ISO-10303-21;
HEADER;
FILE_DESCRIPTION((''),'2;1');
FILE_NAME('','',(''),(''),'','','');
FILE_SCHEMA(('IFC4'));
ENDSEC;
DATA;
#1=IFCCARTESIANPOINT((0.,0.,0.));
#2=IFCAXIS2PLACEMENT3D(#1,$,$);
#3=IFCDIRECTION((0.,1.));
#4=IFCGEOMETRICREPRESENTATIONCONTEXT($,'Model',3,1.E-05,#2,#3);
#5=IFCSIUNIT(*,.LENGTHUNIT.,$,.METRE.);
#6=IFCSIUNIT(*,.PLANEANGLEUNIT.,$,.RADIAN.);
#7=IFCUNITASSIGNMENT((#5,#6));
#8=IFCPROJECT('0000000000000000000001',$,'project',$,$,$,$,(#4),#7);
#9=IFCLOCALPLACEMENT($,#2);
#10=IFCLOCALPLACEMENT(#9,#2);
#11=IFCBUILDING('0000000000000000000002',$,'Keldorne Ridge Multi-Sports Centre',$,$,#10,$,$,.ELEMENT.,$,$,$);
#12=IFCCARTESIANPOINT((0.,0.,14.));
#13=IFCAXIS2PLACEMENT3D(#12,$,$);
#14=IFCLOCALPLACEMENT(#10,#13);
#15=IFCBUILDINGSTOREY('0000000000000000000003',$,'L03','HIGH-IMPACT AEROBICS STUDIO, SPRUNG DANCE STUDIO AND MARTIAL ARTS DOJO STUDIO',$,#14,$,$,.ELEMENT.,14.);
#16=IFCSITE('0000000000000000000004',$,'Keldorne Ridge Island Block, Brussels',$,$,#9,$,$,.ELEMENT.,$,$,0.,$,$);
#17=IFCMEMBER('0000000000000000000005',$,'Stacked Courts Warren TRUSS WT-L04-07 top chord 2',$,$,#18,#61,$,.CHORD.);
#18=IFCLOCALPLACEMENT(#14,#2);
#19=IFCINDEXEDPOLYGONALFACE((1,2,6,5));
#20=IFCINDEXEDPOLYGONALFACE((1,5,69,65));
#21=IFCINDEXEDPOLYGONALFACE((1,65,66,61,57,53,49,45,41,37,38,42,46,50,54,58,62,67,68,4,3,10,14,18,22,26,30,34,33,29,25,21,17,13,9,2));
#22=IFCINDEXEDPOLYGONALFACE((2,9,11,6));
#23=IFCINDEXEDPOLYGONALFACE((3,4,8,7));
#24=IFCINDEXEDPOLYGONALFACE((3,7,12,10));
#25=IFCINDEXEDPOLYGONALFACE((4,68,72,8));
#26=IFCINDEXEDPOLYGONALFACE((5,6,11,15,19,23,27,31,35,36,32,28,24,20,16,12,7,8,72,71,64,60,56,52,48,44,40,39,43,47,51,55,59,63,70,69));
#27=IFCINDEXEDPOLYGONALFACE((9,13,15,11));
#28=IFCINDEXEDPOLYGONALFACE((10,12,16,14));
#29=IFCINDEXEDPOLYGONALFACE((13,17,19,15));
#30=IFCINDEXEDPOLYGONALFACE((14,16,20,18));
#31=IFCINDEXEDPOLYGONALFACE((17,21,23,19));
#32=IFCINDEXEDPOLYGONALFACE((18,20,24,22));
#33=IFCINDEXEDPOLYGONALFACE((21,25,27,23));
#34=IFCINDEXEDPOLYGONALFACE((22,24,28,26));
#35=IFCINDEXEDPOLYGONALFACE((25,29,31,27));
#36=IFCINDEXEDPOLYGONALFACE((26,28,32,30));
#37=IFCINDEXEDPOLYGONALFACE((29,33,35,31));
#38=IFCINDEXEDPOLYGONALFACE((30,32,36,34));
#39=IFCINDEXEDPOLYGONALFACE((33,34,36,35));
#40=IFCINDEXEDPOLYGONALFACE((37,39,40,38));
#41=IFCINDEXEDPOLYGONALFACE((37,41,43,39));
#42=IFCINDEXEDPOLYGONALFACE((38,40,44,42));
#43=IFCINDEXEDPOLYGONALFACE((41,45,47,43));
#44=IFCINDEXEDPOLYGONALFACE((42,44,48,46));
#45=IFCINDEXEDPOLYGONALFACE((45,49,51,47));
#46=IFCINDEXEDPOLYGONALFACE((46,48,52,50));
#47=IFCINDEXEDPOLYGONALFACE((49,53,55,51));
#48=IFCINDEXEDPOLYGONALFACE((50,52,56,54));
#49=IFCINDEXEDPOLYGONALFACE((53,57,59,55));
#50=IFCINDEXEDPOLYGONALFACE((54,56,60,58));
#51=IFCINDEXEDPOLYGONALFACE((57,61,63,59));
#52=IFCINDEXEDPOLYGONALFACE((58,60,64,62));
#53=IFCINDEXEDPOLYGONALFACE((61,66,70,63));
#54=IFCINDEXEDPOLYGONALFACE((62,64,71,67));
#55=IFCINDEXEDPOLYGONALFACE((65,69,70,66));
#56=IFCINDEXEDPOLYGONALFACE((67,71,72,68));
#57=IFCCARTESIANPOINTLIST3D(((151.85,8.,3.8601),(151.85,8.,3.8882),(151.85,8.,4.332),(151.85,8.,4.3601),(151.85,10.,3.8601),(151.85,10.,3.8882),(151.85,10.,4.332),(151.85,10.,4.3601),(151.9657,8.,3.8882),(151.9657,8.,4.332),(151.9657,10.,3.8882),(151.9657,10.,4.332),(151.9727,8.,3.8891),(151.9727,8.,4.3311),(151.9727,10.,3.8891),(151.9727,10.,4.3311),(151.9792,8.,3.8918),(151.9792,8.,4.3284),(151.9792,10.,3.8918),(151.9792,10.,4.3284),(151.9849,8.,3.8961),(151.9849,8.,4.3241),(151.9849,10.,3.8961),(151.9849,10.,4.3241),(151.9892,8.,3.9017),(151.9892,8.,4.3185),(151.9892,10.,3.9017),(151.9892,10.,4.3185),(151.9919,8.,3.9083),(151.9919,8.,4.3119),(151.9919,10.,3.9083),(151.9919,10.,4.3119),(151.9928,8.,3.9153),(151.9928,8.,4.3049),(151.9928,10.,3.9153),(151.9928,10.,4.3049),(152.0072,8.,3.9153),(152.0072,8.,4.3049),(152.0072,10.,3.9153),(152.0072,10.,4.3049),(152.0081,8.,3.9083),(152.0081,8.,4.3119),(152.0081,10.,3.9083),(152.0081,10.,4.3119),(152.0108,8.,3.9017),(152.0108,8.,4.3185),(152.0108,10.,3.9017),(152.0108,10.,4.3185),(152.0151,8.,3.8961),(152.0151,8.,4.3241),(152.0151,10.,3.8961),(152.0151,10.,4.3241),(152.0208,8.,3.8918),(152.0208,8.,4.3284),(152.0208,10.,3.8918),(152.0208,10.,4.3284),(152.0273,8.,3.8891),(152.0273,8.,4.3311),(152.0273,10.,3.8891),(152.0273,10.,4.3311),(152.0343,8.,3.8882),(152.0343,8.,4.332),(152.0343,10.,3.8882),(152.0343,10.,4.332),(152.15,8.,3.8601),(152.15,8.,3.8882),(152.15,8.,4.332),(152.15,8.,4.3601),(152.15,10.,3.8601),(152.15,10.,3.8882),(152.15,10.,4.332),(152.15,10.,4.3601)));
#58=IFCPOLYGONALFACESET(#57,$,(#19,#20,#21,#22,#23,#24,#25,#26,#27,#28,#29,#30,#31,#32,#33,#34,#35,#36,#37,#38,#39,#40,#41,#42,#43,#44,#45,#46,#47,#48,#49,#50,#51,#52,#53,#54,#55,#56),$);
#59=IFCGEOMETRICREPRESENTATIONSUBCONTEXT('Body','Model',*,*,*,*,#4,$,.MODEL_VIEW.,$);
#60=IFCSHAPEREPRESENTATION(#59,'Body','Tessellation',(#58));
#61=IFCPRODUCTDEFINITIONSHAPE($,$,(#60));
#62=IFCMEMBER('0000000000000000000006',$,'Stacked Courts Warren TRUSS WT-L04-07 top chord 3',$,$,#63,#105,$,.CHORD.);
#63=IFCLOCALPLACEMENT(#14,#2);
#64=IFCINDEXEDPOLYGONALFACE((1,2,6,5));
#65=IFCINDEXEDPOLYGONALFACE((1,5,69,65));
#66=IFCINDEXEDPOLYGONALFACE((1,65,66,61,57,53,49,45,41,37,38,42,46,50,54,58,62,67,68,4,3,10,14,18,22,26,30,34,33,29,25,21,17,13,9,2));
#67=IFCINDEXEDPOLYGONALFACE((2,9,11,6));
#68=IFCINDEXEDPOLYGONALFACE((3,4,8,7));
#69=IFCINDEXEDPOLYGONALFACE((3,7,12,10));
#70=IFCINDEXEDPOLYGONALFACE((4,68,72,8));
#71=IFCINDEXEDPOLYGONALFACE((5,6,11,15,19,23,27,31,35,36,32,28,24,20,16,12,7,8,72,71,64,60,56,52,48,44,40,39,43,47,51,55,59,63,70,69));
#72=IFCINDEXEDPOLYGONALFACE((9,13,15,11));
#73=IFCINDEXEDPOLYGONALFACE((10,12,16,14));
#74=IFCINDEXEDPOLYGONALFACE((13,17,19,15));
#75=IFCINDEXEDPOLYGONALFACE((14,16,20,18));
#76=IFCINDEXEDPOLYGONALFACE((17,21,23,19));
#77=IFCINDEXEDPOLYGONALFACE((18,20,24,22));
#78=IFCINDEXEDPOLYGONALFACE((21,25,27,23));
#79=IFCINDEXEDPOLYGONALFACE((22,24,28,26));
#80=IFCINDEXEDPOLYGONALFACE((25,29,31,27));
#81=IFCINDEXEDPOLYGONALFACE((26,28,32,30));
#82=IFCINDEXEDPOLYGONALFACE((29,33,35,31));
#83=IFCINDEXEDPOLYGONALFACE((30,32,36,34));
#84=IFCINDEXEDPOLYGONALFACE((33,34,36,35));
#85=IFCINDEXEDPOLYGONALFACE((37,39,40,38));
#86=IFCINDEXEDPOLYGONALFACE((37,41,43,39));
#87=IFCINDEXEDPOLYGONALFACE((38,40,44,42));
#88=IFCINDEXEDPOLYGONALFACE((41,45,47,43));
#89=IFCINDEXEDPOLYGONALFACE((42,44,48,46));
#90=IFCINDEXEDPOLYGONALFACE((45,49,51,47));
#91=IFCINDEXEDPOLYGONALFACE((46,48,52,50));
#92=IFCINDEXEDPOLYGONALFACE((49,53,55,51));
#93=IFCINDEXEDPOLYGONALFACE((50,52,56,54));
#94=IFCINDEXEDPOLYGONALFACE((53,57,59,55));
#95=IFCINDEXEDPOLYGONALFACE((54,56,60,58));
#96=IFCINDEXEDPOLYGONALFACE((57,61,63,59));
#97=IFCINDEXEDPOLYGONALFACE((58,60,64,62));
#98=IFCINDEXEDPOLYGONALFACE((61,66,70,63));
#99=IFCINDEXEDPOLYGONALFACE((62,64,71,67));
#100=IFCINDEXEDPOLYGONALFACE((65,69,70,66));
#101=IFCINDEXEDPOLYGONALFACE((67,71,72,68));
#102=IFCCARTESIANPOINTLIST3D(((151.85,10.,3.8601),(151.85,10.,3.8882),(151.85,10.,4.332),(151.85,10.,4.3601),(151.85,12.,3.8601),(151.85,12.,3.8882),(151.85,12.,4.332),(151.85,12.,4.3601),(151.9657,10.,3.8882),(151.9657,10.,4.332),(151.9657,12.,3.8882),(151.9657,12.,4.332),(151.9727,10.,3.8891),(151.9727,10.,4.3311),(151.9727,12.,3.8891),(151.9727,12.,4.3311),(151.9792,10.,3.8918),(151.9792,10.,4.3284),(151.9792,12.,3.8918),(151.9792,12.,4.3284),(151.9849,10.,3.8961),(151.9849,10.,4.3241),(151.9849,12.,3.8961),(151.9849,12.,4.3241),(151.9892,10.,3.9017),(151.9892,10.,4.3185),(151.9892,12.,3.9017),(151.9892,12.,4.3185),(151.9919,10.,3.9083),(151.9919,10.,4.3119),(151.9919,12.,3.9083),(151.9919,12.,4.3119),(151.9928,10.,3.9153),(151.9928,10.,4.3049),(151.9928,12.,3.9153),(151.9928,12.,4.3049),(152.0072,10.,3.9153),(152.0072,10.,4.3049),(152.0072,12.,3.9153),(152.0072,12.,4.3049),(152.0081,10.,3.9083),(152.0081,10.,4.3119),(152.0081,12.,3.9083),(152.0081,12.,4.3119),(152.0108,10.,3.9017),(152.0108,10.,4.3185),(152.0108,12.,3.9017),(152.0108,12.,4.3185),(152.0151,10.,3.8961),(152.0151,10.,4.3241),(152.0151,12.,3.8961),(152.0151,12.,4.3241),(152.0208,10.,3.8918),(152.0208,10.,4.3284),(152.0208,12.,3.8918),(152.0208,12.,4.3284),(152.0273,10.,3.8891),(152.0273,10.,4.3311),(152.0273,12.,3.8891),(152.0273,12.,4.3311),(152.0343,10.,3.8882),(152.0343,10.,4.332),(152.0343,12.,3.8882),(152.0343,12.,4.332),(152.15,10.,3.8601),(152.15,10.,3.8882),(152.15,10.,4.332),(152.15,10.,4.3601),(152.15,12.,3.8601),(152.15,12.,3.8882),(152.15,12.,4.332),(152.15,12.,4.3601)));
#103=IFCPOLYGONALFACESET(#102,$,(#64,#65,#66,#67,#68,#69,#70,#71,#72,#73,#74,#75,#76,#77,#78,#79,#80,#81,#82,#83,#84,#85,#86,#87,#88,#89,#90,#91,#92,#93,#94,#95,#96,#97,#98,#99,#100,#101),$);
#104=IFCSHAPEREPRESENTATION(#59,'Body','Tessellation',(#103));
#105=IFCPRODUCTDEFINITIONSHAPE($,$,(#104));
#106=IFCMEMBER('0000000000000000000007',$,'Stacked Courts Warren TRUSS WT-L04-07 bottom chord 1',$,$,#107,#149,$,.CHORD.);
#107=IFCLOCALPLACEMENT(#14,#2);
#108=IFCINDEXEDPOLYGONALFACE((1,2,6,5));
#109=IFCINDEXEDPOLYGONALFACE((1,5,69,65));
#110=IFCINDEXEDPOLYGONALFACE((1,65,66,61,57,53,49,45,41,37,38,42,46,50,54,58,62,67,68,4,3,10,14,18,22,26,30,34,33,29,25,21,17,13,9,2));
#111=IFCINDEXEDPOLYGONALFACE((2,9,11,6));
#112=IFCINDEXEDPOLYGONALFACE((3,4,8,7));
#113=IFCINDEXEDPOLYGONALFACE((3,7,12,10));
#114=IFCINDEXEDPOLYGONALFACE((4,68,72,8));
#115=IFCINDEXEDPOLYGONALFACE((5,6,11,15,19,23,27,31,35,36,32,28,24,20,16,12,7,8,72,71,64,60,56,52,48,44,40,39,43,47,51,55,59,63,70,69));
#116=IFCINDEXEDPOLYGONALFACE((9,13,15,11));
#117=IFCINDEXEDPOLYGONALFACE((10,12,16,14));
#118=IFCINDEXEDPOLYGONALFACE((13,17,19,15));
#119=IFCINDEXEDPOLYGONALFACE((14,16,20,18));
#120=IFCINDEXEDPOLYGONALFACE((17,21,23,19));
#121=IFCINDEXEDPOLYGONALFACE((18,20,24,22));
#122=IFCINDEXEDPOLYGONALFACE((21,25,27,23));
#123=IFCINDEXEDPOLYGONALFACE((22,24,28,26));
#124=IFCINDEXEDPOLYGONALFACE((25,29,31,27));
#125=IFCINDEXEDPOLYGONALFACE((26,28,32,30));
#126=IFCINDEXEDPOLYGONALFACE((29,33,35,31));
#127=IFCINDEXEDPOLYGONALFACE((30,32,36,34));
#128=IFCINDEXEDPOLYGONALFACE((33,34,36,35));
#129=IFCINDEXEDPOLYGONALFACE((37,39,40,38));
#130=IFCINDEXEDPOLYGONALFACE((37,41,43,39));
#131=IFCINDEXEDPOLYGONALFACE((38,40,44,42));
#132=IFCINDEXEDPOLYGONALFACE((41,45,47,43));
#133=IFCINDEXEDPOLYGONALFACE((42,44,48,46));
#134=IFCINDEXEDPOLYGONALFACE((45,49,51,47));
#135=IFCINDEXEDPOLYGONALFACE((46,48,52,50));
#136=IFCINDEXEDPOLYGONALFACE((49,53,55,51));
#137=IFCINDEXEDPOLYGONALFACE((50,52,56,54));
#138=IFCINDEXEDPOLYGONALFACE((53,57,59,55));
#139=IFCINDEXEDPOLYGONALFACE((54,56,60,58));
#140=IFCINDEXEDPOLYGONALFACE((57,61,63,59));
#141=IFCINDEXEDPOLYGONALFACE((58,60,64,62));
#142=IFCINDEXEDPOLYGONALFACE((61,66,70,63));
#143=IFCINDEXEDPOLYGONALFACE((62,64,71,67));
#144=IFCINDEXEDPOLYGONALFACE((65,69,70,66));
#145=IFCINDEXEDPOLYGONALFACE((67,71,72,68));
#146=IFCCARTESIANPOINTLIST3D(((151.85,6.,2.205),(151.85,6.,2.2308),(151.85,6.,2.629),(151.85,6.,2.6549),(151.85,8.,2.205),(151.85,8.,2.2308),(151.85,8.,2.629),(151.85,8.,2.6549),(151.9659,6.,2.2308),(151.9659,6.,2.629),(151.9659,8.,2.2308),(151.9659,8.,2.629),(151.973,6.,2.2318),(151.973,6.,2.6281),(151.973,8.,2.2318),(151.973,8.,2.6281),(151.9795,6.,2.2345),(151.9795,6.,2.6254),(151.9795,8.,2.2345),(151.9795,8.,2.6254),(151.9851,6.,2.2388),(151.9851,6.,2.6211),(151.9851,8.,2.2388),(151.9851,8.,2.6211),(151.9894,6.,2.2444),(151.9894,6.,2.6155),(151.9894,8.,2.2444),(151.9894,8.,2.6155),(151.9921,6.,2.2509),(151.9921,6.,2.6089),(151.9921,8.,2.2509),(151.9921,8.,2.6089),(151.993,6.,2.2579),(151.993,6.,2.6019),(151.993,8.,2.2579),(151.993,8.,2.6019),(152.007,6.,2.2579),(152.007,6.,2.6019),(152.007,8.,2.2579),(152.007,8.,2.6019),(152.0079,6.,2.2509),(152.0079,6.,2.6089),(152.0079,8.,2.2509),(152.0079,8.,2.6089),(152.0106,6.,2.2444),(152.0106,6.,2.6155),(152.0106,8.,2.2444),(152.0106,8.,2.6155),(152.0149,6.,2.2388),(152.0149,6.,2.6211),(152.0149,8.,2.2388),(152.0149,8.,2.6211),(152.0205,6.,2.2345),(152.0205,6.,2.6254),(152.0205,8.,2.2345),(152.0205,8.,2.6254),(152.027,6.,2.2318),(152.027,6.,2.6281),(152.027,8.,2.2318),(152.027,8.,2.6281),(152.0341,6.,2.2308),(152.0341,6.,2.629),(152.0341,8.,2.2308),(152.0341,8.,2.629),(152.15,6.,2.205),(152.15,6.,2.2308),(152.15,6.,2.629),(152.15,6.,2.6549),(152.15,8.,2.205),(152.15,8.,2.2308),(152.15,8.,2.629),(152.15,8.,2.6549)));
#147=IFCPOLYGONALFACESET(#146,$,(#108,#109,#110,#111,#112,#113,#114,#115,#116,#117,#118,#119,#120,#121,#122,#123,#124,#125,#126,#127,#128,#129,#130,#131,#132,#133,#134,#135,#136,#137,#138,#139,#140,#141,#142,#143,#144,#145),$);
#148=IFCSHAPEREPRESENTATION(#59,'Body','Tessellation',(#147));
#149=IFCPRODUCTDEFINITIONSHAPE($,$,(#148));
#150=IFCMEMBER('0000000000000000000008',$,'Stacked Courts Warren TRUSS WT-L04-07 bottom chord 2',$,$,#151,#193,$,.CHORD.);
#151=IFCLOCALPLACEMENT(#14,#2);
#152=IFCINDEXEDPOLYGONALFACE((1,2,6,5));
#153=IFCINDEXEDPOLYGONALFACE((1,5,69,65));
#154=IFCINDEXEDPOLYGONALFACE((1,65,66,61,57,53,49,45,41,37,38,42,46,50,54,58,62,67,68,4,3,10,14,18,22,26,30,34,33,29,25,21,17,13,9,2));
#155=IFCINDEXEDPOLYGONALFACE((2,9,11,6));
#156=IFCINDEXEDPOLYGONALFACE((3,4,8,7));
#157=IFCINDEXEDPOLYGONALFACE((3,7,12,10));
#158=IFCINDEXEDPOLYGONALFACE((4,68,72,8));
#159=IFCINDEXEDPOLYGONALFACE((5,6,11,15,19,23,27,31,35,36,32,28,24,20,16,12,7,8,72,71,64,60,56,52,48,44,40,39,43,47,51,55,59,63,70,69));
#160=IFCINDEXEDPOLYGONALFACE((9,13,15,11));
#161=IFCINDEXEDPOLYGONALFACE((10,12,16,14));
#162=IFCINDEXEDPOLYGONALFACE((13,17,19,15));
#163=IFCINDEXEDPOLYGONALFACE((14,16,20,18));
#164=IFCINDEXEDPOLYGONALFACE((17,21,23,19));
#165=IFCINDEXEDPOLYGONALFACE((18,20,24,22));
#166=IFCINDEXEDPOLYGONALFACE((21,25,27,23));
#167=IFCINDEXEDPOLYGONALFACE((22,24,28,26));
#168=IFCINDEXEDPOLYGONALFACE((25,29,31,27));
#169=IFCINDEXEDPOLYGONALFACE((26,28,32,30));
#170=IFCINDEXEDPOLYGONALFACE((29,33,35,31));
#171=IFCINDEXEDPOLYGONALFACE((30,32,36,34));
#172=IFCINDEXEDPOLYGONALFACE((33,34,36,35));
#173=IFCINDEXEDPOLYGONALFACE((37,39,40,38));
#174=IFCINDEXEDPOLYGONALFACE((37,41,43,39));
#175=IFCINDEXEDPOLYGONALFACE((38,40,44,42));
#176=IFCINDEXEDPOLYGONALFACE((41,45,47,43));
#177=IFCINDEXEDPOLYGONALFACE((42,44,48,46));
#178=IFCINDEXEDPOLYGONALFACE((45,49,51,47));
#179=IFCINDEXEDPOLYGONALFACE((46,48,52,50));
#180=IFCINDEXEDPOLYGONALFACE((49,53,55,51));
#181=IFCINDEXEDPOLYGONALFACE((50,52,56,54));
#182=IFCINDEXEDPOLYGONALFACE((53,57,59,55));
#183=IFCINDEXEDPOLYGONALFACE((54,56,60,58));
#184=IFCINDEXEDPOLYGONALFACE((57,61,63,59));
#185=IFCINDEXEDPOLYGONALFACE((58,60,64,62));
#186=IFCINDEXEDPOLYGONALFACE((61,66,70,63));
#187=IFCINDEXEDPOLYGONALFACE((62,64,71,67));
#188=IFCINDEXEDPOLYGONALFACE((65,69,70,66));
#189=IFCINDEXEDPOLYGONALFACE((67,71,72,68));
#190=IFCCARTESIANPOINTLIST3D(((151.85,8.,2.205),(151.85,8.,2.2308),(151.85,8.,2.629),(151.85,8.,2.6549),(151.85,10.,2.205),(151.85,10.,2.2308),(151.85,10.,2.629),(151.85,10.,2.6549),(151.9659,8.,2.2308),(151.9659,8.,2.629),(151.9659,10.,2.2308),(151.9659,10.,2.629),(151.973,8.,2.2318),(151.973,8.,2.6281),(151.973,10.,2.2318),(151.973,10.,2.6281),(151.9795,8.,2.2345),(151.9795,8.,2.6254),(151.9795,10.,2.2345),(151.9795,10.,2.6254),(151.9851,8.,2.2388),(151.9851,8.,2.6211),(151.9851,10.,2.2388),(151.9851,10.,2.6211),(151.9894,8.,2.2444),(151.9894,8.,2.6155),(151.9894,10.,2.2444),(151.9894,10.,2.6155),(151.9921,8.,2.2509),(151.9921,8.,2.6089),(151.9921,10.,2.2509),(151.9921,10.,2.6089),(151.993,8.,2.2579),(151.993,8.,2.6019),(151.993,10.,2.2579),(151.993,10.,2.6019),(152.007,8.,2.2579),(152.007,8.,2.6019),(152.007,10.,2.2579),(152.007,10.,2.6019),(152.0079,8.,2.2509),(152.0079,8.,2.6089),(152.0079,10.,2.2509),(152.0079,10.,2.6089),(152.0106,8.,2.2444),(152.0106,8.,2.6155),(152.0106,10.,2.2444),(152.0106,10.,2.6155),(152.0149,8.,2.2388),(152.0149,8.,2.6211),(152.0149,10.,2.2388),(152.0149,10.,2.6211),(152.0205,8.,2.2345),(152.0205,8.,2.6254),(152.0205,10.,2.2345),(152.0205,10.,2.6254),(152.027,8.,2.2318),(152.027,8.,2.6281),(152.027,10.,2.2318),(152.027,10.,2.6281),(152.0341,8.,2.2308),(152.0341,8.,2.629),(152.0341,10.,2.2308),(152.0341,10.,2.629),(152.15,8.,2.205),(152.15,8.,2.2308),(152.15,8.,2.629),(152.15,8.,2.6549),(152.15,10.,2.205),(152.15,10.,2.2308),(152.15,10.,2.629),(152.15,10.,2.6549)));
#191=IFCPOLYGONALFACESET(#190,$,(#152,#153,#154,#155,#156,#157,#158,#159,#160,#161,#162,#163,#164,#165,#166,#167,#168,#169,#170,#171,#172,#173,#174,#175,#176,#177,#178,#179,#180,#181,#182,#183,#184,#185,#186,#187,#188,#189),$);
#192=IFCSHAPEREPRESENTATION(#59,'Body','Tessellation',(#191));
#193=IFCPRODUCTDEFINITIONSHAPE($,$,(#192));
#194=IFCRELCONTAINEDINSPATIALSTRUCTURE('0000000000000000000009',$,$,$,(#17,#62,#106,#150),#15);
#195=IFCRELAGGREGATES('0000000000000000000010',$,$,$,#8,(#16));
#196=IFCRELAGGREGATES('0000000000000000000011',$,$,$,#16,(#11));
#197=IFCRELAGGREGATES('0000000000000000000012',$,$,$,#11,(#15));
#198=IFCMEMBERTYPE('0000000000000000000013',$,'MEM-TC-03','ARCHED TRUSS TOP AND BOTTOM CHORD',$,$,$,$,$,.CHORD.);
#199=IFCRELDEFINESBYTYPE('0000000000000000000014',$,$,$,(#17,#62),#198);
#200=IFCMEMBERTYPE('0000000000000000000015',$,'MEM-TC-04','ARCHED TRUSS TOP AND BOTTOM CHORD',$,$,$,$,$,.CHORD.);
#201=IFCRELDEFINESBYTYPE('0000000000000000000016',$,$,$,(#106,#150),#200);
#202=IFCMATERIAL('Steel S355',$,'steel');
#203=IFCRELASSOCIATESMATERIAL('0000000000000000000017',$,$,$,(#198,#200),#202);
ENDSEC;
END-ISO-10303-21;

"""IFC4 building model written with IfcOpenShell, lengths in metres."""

from ifc_helpers import new_model, si_unit, direction, frame, origin, origin_2d, place, context, subcontext, project, spatial, i_section, extrude, material, material_profile, profile_set, type_object, element, save


model = new_model("IFC4")

# Units and contexts
model_context = context("Model", 3, precision=1e-05, world=origin(), true_north=direction((0.0, 1.0)))
body_context = subcontext(model_context, "Body", "Model", "MODEL_VIEW")
ifc_project = project(units=[si_unit("LENGTHUNIT", "METRE"), si_unit("PLANEANGLEUNIT", "RADIAN")], contexts=[model_context])

# Site, building, storey
site_placement = place(None, origin())
site = spatial("IfcSite", under=ifc_project, at=site_placement, Name="Keldorne Ridge Island Block, Brussels", CompositionType="ELEMENT", RefElevation=0.0)
building_placement = place(site_placement, origin())
building = spatial("IfcBuilding", under=site, at=building_placement, Name="Keldorne Ridge Multi-Sports Centre", CompositionType="ELEMENT")
storey_placement = place(building_placement, frame((0.0, 0.0, 14.0)))
storey = spatial("IfcBuildingStorey", under=building, at=storey_placement, Name="L03", Description="HIGH-IMPACT AEROBICS STUDIO, SPRUNG DANCE STUDIO AND MARTIAL ARTS DOJO STUDIO", CompositionType="ELEMENT", Elevation=14.0)

# Shared definitions
ifc_material_1 = material(Name="Steel S355", Category="steel")

# Members
ifc_material_profile_1 = material_profile(ifc_material_1, i_section(OverallWidth=0.3, OverallDepth=0.5, WebThickness=0.0144, FlangeThickness=0.0281, FilletRadius=0.0271, at=origin_2d()), Name="HEB 500")
ifc_profile_set_1 = profile_set([ifc_material_profile_1], Name="Steel S355")
member_type_1 = type_object("IfcMemberType", Name="MEM-TC-03", Description="ARCHED TRUSS TOP AND BOTTOM CHORD", PredefinedType="CHORD", material=ifc_profile_set_1)
for number, where, z_axis, x_axis, name in (
    (1, (152.0, 8.0, 4.1101), (0.0, 1.0, 0.0), (-1.0, 0.0, 0.0), "Stacked Courts Warren TRUSS WT-L04-07 top chord 2"),
    (2, (152.0, 10.0, 4.1101), (0.0, 1.0, 0.0), (-1.0, 0.0, 0.0), "Stacked Courts Warren TRUSS WT-L04-07 top chord 3"),
):
    element("IfcMember", number, at=place(storey_placement, frame(where, z_axis=z_axis, x_axis=x_axis)), inside=storey, type_object=member_type_1, Name=name, PredefinedType="CHORD", context=body_context, shape_type="SweptSolid", body=[
        extrude(i_section(OverallWidth=0.3, OverallDepth=0.5, WebThickness=0.0144, FlangeThickness=0.0281, FilletRadius=0.0271, at=origin_2d()), origin(), (0.0, 0.0, 1.0), 2.0),
    ])
ifc_material_profile_2 = material_profile(ifc_material_1, i_section(OverallWidth=0.3, OverallDepth=0.45, WebThickness=0.0139, FlangeThickness=0.0259, FilletRadius=0.0271, at=origin_2d()), Name="HEB 450")
ifc_profile_set_2 = profile_set([ifc_material_profile_2], Name="Steel S355")
member_type_2 = type_object("IfcMemberType", Name="MEM-TC-04", Description="ARCHED TRUSS TOP AND BOTTOM CHORD", PredefinedType="CHORD", material=ifc_profile_set_2)
for number, where, z_axis, x_axis, name in (
    (3, (152.0, 6.0, 2.4299), (0.0, 1.0, 0.0), (-1.0, 0.0, 0.0), "Stacked Courts Warren TRUSS WT-L04-07 bottom chord 1"),
    (4, (152.0, 8.0, 2.4299), (0.0, 1.0, 0.0), (-1.0, 0.0, 0.0), "Stacked Courts Warren TRUSS WT-L04-07 bottom chord 2"),
):
    element("IfcMember", number, at=place(storey_placement, frame(where, z_axis=z_axis, x_axis=x_axis)), inside=storey, type_object=member_type_2, Name=name, PredefinedType="CHORD", context=body_context, shape_type="SweptSolid", body=[
        extrude(i_section(OverallWidth=0.3, OverallDepth=0.45, WebThickness=0.0139, FlangeThickness=0.0259, FilletRadius=0.0271, at=origin_2d()), origin(), (0.0, 0.0, 1.0), 2.0),
    ])

save(model, "model.ifc")
